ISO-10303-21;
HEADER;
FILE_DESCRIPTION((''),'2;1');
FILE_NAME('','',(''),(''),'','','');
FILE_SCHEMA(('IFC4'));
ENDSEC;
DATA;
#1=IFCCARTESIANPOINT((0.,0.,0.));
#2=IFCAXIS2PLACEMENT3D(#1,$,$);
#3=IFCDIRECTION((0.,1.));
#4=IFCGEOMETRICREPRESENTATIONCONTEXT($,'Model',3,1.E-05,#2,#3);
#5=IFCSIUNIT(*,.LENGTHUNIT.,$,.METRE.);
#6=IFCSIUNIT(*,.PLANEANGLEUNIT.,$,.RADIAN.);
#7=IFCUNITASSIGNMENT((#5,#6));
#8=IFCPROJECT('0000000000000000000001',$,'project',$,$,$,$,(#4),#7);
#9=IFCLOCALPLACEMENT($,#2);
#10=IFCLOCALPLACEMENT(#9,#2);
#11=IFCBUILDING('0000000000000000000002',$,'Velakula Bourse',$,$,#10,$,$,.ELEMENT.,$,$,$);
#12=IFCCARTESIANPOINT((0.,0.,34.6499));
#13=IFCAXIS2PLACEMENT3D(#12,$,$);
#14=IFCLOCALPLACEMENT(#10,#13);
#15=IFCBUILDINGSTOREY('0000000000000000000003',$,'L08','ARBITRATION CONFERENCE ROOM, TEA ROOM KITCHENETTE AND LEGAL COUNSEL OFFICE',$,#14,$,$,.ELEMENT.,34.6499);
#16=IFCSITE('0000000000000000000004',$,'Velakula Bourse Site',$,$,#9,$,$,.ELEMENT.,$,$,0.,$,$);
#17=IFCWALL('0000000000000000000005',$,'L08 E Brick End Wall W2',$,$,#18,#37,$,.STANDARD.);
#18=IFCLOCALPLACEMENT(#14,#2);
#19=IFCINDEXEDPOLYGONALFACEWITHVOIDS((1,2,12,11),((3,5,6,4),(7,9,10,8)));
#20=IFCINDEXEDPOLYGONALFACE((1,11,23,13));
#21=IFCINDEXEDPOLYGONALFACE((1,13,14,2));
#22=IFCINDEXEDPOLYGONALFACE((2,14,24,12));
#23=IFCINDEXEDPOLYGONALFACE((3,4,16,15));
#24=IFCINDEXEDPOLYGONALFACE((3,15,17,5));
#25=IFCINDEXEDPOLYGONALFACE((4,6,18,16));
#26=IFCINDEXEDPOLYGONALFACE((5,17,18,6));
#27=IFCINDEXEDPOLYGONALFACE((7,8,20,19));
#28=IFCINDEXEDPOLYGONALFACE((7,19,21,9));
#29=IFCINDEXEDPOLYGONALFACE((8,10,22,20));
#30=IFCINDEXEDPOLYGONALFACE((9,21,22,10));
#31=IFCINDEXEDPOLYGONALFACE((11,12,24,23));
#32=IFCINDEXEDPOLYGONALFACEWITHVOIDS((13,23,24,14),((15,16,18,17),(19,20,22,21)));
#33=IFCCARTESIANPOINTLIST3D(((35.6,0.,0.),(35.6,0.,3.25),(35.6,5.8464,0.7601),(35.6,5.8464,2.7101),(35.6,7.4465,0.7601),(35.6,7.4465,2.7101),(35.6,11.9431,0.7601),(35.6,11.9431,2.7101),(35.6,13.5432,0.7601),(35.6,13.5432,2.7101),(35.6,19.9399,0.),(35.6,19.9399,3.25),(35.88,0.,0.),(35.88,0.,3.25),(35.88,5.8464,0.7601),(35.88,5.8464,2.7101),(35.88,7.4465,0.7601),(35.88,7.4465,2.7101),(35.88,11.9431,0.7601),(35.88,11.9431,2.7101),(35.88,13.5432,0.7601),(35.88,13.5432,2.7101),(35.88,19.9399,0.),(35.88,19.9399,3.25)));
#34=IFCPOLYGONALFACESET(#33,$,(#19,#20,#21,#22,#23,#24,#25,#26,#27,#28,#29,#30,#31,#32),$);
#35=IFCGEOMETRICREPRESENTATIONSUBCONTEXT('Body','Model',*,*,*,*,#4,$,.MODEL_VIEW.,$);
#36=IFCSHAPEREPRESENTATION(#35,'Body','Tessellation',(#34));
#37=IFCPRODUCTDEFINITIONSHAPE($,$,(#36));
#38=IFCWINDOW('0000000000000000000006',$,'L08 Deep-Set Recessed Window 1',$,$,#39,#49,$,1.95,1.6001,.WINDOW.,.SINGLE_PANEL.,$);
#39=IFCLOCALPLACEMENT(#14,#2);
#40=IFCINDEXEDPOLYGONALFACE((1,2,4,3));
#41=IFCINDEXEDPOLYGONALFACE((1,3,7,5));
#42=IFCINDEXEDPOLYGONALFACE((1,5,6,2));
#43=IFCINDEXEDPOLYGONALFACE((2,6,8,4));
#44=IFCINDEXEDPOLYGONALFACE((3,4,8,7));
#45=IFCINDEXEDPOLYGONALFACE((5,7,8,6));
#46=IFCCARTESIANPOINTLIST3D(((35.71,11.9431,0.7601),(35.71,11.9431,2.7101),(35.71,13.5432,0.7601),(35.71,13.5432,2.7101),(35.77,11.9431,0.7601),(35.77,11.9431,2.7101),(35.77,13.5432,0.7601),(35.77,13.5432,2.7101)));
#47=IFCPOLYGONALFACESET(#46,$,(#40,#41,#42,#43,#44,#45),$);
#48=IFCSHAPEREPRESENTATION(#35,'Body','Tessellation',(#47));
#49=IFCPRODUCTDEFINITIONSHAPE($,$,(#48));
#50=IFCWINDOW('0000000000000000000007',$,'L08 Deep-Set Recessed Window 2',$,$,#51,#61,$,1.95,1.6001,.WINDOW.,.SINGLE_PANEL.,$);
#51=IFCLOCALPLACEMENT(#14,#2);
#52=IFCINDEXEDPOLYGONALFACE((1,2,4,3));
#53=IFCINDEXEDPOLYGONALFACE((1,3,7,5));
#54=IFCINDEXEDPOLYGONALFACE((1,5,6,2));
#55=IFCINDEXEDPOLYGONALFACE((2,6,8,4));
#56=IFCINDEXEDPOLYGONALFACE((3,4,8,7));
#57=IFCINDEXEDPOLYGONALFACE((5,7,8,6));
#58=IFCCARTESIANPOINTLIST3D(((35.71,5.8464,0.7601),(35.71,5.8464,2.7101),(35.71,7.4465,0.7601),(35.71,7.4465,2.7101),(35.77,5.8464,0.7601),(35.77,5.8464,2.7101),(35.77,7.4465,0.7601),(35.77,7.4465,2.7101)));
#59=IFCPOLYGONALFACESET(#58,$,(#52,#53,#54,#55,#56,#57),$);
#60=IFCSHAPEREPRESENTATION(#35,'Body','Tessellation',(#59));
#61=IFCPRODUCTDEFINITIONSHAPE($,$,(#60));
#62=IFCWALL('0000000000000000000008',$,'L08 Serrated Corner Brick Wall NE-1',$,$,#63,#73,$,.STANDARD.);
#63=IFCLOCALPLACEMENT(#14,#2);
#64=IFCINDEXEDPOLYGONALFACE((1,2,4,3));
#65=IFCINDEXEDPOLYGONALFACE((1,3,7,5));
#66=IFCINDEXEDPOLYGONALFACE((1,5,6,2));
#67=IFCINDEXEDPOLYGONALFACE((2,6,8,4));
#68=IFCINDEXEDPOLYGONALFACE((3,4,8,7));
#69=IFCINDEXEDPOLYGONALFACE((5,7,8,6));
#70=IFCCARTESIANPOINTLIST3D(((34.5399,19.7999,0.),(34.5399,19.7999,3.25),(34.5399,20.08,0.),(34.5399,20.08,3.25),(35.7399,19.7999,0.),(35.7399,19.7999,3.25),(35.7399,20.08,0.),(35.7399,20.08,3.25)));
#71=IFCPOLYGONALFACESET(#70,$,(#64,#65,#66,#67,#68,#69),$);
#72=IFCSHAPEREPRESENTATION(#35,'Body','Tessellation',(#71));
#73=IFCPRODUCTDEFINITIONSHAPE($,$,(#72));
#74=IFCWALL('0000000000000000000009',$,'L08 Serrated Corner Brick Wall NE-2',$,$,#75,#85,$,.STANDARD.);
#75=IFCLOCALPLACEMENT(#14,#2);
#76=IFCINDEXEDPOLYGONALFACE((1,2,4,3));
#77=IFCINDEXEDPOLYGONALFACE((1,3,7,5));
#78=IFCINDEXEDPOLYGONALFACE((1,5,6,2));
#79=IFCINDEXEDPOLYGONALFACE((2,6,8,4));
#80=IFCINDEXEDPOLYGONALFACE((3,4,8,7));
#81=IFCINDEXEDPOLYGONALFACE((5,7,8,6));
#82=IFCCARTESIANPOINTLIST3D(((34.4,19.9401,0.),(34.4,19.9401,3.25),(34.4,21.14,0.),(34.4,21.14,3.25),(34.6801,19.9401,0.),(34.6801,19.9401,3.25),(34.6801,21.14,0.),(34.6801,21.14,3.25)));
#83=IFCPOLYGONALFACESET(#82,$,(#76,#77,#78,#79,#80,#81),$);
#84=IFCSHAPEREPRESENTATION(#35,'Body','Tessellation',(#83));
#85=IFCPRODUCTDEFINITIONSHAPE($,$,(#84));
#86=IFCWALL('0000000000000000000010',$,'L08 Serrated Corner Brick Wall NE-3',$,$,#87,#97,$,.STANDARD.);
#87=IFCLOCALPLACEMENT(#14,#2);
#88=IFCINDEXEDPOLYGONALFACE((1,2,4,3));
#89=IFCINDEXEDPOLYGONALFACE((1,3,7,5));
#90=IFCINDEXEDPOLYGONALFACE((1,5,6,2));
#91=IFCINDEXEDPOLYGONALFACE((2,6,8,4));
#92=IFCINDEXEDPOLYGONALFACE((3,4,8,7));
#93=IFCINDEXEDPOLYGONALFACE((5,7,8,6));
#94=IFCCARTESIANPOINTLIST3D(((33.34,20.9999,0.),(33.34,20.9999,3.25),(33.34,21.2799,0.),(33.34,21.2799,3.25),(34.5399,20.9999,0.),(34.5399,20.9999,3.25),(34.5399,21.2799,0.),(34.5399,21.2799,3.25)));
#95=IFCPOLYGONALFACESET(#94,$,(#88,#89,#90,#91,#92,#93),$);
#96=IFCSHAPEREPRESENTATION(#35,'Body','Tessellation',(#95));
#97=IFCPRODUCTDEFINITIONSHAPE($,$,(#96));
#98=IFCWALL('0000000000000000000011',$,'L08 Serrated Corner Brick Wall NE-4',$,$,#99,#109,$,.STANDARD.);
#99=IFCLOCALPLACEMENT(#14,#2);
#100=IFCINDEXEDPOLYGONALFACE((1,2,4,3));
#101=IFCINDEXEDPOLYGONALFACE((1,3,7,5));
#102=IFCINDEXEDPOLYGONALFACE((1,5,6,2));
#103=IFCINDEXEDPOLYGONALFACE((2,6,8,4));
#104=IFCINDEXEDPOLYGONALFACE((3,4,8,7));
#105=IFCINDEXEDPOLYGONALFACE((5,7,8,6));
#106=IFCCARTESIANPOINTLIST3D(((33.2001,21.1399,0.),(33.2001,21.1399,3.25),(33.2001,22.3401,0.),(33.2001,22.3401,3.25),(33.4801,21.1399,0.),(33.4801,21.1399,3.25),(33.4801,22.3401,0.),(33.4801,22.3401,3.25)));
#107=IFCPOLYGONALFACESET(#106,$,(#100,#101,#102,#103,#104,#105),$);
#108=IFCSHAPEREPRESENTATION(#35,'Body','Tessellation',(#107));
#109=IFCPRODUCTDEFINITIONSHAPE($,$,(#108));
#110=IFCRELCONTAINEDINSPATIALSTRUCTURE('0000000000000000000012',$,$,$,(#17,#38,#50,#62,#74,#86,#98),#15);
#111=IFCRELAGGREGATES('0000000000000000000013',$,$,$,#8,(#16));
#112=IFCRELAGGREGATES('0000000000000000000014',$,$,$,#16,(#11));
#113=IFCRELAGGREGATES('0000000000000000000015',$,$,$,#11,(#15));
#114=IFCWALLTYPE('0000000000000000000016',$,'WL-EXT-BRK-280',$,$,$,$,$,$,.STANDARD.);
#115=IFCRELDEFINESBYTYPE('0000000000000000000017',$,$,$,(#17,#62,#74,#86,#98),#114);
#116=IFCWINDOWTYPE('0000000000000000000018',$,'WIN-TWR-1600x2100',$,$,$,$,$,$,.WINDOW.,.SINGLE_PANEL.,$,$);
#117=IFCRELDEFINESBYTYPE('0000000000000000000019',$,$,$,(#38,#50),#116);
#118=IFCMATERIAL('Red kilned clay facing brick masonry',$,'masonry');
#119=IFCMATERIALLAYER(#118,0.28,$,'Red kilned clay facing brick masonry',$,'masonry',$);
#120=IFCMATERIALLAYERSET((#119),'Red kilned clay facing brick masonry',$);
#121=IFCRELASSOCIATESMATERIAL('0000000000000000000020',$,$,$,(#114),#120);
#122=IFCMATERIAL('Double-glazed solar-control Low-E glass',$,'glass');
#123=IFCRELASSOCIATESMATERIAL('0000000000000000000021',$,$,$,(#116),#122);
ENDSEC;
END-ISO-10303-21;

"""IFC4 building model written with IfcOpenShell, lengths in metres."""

from ifc_helpers import new_model, si_unit, direction, frame, frame_2d, origin, place, context, subcontext, project, spatial, rectangle, extrude, material, layer, layer_set, type_object, element, fill, save


model = new_model("IFC4")

# Units and contexts
model_context = context("Model", 3, precision=1e-05, world=origin(), true_north=direction((0.0, 1.0)))
body_context = subcontext(model_context, "Body", "Model", "MODEL_VIEW")
ifc_project = project(units=[si_unit("LENGTHUNIT", "METRE"), si_unit("PLANEANGLEUNIT", "RADIAN")], contexts=[model_context])

# Site, building, storey
site_placement = place(None, origin())
site = spatial("IfcSite", under=ifc_project, at=site_placement, Name="Velakula Bourse Site", CompositionType="ELEMENT", RefElevation=0.0)
building_placement = place(site_placement, origin())
building = spatial("IfcBuilding", under=site, at=building_placement, Name="Velakula Bourse", CompositionType="ELEMENT")
storey_placement = place(building_placement, frame((0.0, 0.0, 34.6499)))
storey = spatial("IfcBuildingStorey", under=building, at=storey_placement, Name="L08", Description="ARBITRATION CONFERENCE ROOM, TEA ROOM KITCHENETTE AND LEGAL COUNSEL OFFICE", CompositionType="ELEMENT", Elevation=34.6499)

# Wall, openings, windows
ifc_material_1 = material(Name="Red kilned clay facing brick masonry", Category="masonry")
ifc_layer = layer(ifc_material_1, 0.28, Name="Red kilned clay facing brick masonry", Category="masonry")
ifc_layer_set = layer_set([ifc_layer], Name="Red kilned clay facing brick masonry")
wall_type = type_object("IfcWallType", Name="WL-EXT-BRK-280", PredefinedType="STANDARD", material=ifc_layer_set)
wall_1_placement = place(storey_placement, frame((35.74, 19.9399, 0.0), z_axis=(0.0, 0.0, 1.0), x_axis=(0.0, -1.0, 0.0)))
wall_1 = element("IfcWall", 1, at=wall_1_placement, inside=storey, type_object=wall_type, Name="L08 E Brick End Wall W2", PredefinedType="STANDARD", context=body_context, shape_type="SweptSolid", body=[
    extrude(rectangle(XDim=19.9399, YDim=0.28, at=frame_2d((9.97, 0.0))), origin(), (0.0, 0.0, 1.0), 3.25),
])
opening_1_placement = place(wall_1_placement, frame((6.3967, 0.0, 0.76)))
opening_1 = element("IfcOpeningElement", 2, at=opening_1_placement, cuts=wall_1, PredefinedType="OPENING", context=body_context, shape_type="SweptSolid", body=[
    extrude(rectangle(XDim=1.6001, YDim=1.95, at=frame_2d((0.8, 0.9751))), frame((0.0, 0.1499, 0.0), z_axis=(0.0, -1.0, 0.0), x_axis=(1.0, 0.0, 0.0)), (0.0, 0.0, 1.0), 0.3),
])
opening_2_placement = place(wall_1_placement, frame((12.4934, 0.0, 0.76)))
opening_2 = element("IfcOpeningElement", 3, at=opening_2_placement, cuts=wall_1, PredefinedType="OPENING", context=body_context, shape_type="SweptSolid", body=[
    extrude(rectangle(XDim=1.6001, YDim=1.95, at=frame_2d((0.8, 0.9751))), frame((0.0, 0.1499, 0.0), z_axis=(0.0, -1.0, 0.0), x_axis=(1.0, 0.0, 0.0)), (0.0, 0.0, 1.0), 0.3),
])
ifc_material_2 = material(Name="Double-glazed solar-control Low-E glass", Category="glass")
window_type = type_object("IfcWindowType", Name="WIN-TWR-1600x2100", PartitioningType="SINGLE_PANEL", PredefinedType="WINDOW", material=ifc_material_2)
window_1_placement = place(opening_1_placement, origin())
window_1 = element("IfcWindow", 4, at=window_1_placement, inside=storey, type_object=window_type, Name="L08 Deep-Set Recessed Window 1", OverallHeight=1.95, OverallWidth=1.6001, PartitioningType="SINGLE_PANEL", PredefinedType="WINDOW", context=body_context, shape_type="SweptSolid", body=[
    extrude(rectangle(XDim=1.6001, YDim=1.95, at=frame_2d((0.8, 0.9751))), frame((0.0, 0.03, 0.0), z_axis=(0.0, -1.0, 0.0), x_axis=(1.0, 0.0, 0.0)), (0.0, 0.0, 1.0), 0.0601),
])
fill(opening_1, window_1)
window_2_placement = place(opening_2_placement, origin())
window_2 = element("IfcWindow", 5, at=window_2_placement, inside=storey, type_object=window_type, Name="L08 Deep-Set Recessed Window 2", OverallHeight=1.95, OverallWidth=1.6001, PartitioningType="SINGLE_PANEL", PredefinedType="WINDOW", context=body_context, shape_type="SweptSolid", body=[
    extrude(rectangle(XDim=1.6001, YDim=1.95, at=frame_2d((0.8, 0.9751))), frame((0.0, 0.03, 0.0), z_axis=(0.0, -1.0, 0.0), x_axis=(1.0, 0.0, 0.0)), (0.0, 0.0, 1.0), 0.0601),
])
fill(opening_2, window_2)

# Walls
for number, where, z_axis, x_axis, name in (
    (6, (35.74, 19.9399, 0.0), (0.0, 0.0, 1.0), (-1.0, 0.0, 0.0), "L08 Serrated Corner Brick Wall NE-1"),
    (7, (34.54, 19.9399, 0.0), (0.0, 0.0, 1.0), (0.0, 1.0, 0.0), "L08 Serrated Corner Brick Wall NE-2"),
    (8, (34.54, 21.1399, 0.0), (0.0, 0.0, 1.0), (-1.0, 0.0, 0.0), "L08 Serrated Corner Brick Wall NE-3"),
):
    element("IfcWall", number, at=place(storey_placement, frame(where, z_axis=z_axis, x_axis=x_axis)), inside=storey, type_object=wall_type, Name=name, PredefinedType="STANDARD", context=body_context, shape_type="SweptSolid", body=[
        extrude(rectangle(XDim=1.2, YDim=0.28, at=frame_2d((0.6001, 0.0))), origin(), (0.0, 0.0, 1.0), 3.25),
    ])
wall_2_placement = place(storey_placement, frame((33.3401, 21.1399, 0.0), z_axis=(0.0, 0.0, 1.0), x_axis=(0.0, 1.0, 0.0)))
element("IfcWall", 9, at=wall_2_placement, inside=storey, type_object=wall_type, Name="L08 Serrated Corner Brick Wall NE-4", PredefinedType="STANDARD", context=body_context, shape_type="SweptSolid", body=[
    extrude(rectangle(XDim=1.2002, YDim=0.28, at=frame_2d((0.6001, 0.0))), origin(), (0.0, 0.0, 1.0), 3.25),
])

save(model, "model.ifc")
